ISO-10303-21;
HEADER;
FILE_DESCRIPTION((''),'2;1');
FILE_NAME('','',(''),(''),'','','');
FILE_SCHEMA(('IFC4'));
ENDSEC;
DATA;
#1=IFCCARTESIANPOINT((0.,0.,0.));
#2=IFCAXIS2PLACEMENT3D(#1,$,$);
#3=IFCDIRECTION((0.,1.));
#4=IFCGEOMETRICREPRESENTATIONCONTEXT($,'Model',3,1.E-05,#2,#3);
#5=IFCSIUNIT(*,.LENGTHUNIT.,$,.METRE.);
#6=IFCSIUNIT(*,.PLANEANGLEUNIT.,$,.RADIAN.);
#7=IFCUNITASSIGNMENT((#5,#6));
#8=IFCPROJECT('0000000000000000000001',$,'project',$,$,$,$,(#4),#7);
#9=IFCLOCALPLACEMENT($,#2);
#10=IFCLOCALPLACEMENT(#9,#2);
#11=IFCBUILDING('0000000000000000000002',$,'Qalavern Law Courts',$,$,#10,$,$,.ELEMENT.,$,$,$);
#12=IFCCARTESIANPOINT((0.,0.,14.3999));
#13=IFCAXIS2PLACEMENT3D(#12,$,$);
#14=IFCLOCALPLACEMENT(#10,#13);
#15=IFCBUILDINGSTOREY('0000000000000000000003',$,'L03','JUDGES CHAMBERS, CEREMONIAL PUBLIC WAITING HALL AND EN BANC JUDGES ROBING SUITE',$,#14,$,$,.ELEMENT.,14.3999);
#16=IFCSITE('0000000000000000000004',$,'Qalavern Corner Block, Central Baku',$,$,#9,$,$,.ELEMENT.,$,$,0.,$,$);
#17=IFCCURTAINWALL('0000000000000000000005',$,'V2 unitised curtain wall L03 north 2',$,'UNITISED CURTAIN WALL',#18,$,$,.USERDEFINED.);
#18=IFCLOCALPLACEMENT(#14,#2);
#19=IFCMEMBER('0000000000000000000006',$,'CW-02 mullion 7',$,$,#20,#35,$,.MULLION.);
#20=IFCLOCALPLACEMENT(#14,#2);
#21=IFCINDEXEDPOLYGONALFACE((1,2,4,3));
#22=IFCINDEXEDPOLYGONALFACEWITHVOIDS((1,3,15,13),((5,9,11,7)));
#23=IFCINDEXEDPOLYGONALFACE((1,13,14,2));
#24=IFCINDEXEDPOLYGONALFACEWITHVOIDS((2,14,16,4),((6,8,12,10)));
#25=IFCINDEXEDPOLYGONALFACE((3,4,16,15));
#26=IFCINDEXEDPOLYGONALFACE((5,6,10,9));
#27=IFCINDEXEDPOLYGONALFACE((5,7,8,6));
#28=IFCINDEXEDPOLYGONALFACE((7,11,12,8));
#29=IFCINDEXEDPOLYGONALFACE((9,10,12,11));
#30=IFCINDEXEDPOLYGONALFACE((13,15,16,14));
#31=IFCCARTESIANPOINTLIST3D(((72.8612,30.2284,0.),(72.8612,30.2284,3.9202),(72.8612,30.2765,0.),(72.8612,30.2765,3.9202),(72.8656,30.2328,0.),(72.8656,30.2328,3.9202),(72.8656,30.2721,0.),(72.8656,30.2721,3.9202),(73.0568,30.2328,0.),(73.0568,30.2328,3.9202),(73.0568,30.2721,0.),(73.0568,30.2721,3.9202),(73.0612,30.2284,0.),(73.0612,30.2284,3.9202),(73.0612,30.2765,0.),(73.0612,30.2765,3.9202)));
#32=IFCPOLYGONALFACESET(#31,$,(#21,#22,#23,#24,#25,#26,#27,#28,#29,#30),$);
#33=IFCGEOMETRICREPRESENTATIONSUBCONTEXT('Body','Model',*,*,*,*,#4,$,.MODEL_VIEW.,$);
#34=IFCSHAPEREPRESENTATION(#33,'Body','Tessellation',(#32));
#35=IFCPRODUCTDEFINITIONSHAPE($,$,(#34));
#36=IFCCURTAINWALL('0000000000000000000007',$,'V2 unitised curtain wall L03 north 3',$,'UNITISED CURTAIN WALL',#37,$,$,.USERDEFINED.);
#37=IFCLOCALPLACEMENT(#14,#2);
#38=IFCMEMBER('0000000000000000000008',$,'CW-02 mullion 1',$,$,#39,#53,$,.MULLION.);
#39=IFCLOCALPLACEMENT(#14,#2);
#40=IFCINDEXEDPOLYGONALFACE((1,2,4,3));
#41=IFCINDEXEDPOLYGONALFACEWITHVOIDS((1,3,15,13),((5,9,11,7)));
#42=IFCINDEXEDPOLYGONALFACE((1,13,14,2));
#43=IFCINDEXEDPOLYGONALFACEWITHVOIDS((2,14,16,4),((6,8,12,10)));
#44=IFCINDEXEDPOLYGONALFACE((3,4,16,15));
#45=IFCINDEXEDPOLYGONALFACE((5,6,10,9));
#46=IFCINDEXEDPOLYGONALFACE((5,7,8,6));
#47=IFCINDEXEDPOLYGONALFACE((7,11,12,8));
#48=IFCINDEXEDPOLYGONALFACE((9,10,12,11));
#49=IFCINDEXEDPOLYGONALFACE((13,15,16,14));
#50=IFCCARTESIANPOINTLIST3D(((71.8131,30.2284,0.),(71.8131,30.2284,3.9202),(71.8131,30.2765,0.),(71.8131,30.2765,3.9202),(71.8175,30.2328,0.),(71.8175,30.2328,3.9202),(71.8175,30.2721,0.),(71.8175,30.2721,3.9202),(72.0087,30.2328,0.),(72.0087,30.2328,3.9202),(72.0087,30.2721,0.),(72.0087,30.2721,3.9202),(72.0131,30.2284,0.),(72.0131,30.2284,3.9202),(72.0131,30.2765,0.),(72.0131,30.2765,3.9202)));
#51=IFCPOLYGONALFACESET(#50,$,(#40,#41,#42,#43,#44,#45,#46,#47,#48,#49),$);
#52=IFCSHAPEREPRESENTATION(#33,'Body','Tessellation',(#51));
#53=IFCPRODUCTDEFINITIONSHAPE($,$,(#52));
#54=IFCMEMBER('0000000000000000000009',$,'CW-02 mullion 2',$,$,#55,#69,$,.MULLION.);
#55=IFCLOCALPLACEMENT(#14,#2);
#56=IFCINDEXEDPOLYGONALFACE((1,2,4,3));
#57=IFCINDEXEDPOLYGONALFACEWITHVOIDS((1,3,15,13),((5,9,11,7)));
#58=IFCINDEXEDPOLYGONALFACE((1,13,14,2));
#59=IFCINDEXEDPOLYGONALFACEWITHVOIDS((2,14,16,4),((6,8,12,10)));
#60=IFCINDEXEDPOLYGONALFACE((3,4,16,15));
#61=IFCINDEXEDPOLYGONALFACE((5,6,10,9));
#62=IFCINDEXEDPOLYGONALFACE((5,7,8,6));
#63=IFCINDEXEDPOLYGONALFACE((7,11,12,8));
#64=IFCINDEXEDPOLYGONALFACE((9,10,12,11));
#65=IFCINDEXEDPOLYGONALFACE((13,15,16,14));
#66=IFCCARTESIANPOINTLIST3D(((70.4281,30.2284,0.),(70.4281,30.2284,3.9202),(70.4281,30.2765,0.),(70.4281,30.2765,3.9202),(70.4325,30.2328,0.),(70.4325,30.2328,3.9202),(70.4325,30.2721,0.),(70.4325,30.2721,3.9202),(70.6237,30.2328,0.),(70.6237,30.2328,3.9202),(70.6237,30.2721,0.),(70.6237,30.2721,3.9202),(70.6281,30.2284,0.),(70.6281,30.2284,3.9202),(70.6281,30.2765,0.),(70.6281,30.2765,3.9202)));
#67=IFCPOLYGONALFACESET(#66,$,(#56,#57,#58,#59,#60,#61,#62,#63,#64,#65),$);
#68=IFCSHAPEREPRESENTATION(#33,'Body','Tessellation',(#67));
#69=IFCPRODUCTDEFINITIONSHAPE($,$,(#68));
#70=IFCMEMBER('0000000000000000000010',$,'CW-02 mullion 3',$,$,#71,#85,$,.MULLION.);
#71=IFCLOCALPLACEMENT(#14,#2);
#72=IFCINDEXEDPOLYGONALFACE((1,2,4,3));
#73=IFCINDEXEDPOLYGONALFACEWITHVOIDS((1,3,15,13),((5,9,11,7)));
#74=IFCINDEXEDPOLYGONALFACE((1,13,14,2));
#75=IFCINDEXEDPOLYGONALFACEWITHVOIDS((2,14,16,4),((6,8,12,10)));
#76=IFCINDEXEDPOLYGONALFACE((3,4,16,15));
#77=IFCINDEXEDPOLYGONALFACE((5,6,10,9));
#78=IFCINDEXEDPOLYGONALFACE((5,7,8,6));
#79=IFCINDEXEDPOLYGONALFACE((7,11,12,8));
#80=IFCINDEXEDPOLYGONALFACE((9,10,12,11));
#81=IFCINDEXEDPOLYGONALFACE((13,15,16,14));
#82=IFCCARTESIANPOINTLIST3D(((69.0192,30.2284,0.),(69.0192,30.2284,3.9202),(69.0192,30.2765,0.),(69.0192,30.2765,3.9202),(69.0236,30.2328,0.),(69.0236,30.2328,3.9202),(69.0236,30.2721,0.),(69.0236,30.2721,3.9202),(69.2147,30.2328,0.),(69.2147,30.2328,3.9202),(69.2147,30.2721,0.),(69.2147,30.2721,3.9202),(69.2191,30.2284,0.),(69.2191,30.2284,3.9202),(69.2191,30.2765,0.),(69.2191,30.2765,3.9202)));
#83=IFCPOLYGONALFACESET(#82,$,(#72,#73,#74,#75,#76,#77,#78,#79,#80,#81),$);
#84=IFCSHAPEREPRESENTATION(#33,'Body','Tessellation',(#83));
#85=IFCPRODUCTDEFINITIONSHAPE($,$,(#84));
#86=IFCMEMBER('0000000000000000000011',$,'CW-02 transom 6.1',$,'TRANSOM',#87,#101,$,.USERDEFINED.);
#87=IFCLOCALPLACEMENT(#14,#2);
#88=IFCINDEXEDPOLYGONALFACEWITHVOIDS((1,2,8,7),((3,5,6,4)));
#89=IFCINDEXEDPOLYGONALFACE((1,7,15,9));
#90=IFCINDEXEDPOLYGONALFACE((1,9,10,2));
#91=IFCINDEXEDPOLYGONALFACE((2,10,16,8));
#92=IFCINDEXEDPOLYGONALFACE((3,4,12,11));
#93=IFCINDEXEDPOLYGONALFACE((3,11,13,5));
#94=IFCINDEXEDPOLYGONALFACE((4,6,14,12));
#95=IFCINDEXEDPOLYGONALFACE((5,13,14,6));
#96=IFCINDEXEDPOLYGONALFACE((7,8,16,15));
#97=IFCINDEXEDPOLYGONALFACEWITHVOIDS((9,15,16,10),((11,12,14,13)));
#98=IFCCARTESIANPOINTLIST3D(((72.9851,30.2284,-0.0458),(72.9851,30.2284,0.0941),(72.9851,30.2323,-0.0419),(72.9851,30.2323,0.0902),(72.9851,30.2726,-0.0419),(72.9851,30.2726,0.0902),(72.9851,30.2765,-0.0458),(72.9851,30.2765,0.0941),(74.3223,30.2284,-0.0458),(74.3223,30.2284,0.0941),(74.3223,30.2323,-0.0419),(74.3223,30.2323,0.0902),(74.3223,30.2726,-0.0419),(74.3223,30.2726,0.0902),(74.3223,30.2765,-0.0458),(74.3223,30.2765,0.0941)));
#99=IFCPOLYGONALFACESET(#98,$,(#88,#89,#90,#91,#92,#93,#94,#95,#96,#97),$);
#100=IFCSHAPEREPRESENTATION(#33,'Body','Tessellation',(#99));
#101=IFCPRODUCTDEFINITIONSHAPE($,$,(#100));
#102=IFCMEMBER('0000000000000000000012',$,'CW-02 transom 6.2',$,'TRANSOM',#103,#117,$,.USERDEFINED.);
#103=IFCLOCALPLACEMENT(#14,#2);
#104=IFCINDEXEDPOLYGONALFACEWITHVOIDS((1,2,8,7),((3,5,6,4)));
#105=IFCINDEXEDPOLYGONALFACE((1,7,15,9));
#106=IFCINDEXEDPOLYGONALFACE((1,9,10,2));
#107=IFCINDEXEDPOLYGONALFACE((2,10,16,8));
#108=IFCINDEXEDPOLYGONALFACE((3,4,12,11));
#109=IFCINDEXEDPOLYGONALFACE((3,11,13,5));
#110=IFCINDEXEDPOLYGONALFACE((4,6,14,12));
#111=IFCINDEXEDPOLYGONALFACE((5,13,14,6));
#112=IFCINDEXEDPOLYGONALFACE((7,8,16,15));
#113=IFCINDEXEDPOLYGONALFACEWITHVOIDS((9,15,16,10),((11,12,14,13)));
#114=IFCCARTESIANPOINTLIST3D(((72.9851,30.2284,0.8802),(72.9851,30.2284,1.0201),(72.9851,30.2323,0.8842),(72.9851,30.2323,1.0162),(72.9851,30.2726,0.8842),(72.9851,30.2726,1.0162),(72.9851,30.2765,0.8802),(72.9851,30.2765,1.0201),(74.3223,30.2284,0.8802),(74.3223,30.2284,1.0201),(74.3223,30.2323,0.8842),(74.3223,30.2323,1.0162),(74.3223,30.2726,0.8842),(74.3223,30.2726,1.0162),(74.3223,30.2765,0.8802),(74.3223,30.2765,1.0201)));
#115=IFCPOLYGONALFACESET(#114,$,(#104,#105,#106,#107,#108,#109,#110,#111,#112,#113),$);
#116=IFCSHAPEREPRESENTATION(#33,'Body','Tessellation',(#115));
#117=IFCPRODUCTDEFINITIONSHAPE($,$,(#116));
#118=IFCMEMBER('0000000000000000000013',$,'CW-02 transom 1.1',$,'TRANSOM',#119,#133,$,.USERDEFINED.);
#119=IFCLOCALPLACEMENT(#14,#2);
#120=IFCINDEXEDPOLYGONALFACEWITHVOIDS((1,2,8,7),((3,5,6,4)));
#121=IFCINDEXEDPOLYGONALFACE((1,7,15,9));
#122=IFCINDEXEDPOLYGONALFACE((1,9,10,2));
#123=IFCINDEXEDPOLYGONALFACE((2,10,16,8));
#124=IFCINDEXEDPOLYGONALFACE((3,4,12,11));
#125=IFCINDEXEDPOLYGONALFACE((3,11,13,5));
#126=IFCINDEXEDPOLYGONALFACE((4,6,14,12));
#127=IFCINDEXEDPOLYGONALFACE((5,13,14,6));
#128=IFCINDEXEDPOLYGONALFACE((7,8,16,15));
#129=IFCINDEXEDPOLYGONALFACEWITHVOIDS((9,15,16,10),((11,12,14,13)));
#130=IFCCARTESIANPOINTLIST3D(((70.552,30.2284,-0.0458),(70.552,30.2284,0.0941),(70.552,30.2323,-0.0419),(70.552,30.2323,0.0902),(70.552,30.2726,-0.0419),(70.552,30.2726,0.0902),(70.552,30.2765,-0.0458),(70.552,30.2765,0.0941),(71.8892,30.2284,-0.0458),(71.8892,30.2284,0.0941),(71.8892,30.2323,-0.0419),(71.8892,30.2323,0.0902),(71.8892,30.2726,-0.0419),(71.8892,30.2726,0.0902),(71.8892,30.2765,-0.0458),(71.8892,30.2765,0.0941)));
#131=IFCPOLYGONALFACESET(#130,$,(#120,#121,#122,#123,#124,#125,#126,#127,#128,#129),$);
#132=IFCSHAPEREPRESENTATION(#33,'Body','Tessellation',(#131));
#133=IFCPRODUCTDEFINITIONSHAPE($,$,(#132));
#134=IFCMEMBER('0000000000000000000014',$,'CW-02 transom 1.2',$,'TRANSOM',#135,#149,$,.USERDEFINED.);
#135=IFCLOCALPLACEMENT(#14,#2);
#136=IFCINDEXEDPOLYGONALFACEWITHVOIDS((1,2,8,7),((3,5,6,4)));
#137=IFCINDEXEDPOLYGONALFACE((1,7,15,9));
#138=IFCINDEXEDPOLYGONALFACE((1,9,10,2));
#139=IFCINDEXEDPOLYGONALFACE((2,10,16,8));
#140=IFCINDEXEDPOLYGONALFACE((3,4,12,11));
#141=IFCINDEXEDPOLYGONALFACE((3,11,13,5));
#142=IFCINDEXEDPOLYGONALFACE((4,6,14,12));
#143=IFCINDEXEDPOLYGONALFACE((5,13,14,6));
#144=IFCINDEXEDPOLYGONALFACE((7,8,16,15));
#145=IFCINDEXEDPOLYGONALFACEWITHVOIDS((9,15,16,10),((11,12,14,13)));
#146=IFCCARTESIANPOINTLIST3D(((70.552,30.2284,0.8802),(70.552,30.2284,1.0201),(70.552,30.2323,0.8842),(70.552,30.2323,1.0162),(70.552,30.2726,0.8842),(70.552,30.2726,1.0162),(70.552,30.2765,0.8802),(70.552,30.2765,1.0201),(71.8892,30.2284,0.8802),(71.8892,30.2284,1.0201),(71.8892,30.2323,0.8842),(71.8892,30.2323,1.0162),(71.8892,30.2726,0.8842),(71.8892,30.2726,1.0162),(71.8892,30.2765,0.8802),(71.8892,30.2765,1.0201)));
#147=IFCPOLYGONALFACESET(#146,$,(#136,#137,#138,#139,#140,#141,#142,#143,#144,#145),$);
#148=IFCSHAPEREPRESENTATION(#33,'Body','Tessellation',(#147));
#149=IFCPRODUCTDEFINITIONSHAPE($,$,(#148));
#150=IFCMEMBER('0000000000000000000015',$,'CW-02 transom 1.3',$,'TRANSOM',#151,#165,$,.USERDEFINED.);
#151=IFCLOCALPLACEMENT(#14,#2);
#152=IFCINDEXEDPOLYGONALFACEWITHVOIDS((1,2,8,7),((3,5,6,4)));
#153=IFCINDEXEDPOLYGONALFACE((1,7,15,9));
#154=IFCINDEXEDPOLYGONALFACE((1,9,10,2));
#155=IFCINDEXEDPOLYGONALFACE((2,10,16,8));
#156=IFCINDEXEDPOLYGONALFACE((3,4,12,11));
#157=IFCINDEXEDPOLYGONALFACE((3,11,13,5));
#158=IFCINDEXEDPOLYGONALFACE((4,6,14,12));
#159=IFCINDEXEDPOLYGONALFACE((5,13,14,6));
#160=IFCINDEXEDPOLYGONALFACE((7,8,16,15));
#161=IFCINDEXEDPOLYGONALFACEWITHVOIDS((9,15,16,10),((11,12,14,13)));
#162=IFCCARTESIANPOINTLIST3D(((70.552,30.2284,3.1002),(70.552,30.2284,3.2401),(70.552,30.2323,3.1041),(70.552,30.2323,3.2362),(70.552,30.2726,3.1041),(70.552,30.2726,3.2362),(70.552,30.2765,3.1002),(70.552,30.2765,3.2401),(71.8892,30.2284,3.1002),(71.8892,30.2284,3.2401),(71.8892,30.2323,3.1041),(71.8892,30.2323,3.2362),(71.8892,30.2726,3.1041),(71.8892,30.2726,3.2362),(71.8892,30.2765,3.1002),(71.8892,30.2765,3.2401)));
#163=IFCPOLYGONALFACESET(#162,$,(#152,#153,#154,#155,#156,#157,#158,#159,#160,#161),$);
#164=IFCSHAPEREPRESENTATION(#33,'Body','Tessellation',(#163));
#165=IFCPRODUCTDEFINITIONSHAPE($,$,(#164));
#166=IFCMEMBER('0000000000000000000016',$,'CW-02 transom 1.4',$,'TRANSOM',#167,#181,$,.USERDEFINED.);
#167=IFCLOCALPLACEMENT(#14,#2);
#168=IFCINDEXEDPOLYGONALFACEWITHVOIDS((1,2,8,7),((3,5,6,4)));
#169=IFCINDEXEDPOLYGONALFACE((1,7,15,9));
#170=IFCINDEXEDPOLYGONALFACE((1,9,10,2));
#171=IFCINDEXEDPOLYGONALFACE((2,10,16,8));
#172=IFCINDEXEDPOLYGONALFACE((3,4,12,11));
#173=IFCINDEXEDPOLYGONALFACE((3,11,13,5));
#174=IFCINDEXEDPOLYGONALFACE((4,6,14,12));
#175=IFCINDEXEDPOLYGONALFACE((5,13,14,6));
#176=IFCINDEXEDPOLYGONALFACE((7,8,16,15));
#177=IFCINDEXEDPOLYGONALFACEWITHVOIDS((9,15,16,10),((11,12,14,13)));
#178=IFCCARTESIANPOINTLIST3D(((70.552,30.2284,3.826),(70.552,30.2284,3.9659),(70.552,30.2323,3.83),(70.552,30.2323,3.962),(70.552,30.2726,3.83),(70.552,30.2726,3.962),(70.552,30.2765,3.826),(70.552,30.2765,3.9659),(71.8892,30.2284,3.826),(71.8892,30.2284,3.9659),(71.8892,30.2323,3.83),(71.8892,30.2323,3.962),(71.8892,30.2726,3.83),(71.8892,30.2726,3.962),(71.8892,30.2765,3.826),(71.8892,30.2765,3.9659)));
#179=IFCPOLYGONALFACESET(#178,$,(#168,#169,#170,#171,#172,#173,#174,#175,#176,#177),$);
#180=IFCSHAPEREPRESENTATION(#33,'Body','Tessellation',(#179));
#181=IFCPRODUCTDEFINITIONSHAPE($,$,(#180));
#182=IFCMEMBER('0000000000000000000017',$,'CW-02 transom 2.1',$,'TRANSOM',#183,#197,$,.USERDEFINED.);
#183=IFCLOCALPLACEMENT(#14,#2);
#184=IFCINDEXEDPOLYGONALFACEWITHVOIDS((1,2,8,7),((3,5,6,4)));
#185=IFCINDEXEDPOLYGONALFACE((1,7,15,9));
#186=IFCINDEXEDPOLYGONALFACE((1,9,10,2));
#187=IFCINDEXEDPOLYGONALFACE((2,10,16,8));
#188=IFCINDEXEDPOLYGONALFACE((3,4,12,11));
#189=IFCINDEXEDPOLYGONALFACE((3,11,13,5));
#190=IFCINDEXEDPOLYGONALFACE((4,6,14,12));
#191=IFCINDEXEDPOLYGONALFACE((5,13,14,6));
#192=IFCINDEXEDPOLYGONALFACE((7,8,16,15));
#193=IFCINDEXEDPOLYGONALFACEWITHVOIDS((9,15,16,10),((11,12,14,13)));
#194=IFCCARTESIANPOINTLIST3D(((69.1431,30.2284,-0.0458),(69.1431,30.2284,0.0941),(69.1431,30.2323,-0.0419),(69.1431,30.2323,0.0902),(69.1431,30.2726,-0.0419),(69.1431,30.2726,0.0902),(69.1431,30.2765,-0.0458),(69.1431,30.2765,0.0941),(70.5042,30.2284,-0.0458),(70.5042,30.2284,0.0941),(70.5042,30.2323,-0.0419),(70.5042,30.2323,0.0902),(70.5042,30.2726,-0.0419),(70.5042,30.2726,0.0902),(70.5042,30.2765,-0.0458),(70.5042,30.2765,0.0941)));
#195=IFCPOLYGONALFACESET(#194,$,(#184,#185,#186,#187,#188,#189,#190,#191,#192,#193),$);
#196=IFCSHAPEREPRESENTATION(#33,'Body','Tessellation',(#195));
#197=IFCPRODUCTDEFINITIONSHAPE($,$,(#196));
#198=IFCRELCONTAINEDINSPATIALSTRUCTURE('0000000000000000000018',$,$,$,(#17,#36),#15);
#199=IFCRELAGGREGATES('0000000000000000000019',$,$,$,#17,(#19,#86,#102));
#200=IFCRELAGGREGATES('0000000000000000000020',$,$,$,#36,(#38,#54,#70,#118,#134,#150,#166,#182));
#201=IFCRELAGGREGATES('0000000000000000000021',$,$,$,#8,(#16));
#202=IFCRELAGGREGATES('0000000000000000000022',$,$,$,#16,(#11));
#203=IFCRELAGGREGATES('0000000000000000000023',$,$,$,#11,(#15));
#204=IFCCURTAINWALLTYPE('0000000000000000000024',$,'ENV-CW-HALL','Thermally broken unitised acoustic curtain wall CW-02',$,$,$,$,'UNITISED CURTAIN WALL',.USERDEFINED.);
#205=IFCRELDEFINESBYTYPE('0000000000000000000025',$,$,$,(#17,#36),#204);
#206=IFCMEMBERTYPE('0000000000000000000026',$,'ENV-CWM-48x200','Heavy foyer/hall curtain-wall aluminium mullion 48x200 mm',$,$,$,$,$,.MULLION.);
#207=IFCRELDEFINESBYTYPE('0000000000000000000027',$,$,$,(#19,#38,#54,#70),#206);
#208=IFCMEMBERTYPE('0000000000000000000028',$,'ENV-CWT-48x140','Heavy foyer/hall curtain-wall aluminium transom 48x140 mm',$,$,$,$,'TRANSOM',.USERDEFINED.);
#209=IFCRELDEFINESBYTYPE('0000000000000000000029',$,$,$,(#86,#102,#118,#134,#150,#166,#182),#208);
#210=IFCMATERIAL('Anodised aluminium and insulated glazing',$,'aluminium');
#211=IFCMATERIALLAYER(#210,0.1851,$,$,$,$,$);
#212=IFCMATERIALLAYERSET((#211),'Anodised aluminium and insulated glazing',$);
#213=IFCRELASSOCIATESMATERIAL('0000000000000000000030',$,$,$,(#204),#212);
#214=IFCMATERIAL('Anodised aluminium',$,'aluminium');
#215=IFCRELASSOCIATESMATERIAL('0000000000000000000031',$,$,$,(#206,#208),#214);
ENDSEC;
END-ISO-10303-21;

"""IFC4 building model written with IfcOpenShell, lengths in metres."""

from ifc_helpers import new_model, si_unit, direction, frame, origin, origin_2d, place, context, subcontext, project, spatial, hollow_rectangle, extrude, material, layer, layer_set, material_profile, profile_set, type_object, element, aggregate, save


model = new_model("IFC4")

# Units and contexts
model_context = context("Model", 3, precision=1e-05, world=origin(), true_north=direction((0.0, 1.0)))
body_context = subcontext(model_context, "Body", "Model", "MODEL_VIEW")
ifc_project = project(units=[si_unit("LENGTHUNIT", "METRE"), si_unit("PLANEANGLEUNIT", "RADIAN")], contexts=[model_context])

# Site, building, storey
site_placement = place(None, origin())
site = spatial("IfcSite", under=ifc_project, at=site_placement, Name="Qalavern Corner Block, Central Baku", CompositionType="ELEMENT", RefElevation=0.0)
building_placement = place(site_placement, origin())
building = spatial("IfcBuilding", under=site, at=building_placement, Name="Qalavern Law Courts", CompositionType="ELEMENT")
storey_placement = place(building_placement, frame((0.0, 0.0, 14.3999)))
storey = spatial("IfcBuildingStorey", under=building, at=storey_placement, Name="L03", Description="JUDGES CHAMBERS, CEREMONIAL PUBLIC WAITING HALL AND EN BANC JUDGES ROBING SUITE", CompositionType="ELEMENT", Elevation=14.3999)

# Curtain wall, member
ifc_material_1 = material(Name="Anodised aluminium and insulated glazing", Category="aluminium")
ifc_layer_1 = layer(ifc_material_1, 0.1851)
ifc_layer_set_1 = layer_set([ifc_layer_1], Name="Anodised aluminium and insulated glazing")
curtain_wall_type = type_object("IfcCurtainWallType", Name="ENV-CW-HALL", Description="Thermally broken unitised acoustic curtain wall CW-02", ElementType="UNITISED CURTAIN WALL", PredefinedType="USERDEFINED", material=ifc_layer_set_1)
curtain_wall_1_placement = place(storey_placement, origin())
curtain_wall_1 = element("IfcCurtainWall", 1, at=curtain_wall_1_placement, inside=storey, type_object=curtain_wall_type, Name="V2 unitised curtain wall L03 north 2", ObjectType="UNITISED CURTAIN WALL", PredefinedType="USERDEFINED")
ifc_material_2 = material(Name="Anodised aluminium", Category="aluminium")
ifc_material_profile_1 = material_profile(ifc_material_2, hollow_rectangle(XDim=0.0481, YDim=0.2, WallThickness=0.0044, at=origin_2d()), Name="ALU MULLION 48x200")
ifc_profile_set_1 = profile_set([ifc_material_profile_1], Name="Anodised aluminium")
member_type_1 = type_object("IfcMemberType", Name="ENV-CWM-48x200", Description="Heavy foyer/hall curtain-wall aluminium mullion 48x200 mm", PredefinedType="MULLION", material=ifc_profile_set_1)
member_1_placement = place(storey_placement, frame((72.9612, 30.2524, 0.0), z_axis=(0.0, 0.0, 1.0), x_axis=(0.0, -1.0, 0.0)))
member_1 = element("IfcMember", 2, at=member_1_placement, type_object=member_type_1, Name="CW-02 mullion 7", PredefinedType="MULLION", context=body_context, shape_type="SweptSolid", body=[
    extrude(hollow_rectangle(XDim=0.0481, YDim=0.2, WallThickness=0.0044, at=origin_2d()), origin(), (0.0, 0.0, 1.0), 3.9202),
])

# Curtain wall, members
curtain_wall_2_placement = place(storey_placement, origin())
curtain_wall_2 = element("IfcCurtainWall", 3, at=curtain_wall_2_placement, inside=storey, type_object=curtain_wall_type, Name="V2 unitised curtain wall L03 north 3", ObjectType="UNITISED CURTAIN WALL", PredefinedType="USERDEFINED")
member_2_placement = place(storey_placement, frame((71.9131, 30.2524, 0.0), z_axis=(0.0, 0.0, 1.0), x_axis=(0.0, -1.0, 0.0)))
member_2 = element("IfcMember", 4, at=member_2_placement, type_object=member_type_1, Name="CW-02 mullion 1", PredefinedType="MULLION", context=body_context, shape_type="SweptSolid", body=[
    extrude(hollow_rectangle(XDim=0.0481, YDim=0.2, WallThickness=0.0044, at=origin_2d()), origin(), (0.0, 0.0, 1.0), 3.9202),
])
member_3_placement = place(storey_placement, frame((70.5281, 30.2524, 0.0), z_axis=(0.0, 0.0, 1.0), x_axis=(0.0, -1.0, 0.0)))
member_3 = element("IfcMember", 5, at=member_3_placement, type_object=member_type_1, Name="CW-02 mullion 2", PredefinedType="MULLION", context=body_context, shape_type="SweptSolid", body=[
    extrude(hollow_rectangle(XDim=0.0481, YDim=0.2, WallThickness=0.0044, at=origin_2d()), origin(), (0.0, 0.0, 1.0), 3.9202),
])
member_4_placement = place(storey_placement, frame((69.1191, 30.2524, 0.0), z_axis=(0.0, 0.0, 1.0), x_axis=(0.0, -1.0, 0.0)))
member_4 = element("IfcMember", 6, at=member_4_placement, type_object=member_type_1, Name="CW-02 mullion 3", PredefinedType="MULLION", context=body_context, shape_type="SweptSolid", body=[
    extrude(hollow_rectangle(XDim=0.0481, YDim=0.2, WallThickness=0.0044, at=origin_2d()), origin(), (0.0, 0.0, 1.0), 3.9202),
])

# Members
ifc_material_profile_2 = material_profile(ifc_material_2, hollow_rectangle(XDim=0.0481, YDim=0.1399, WallThickness=0.0039, at=origin_2d()), Name="ALU TRANSOM 48x140")
ifc_profile_set_2 = profile_set([ifc_material_profile_2], Name="Anodised aluminium")
member_type_2 = type_object("IfcMemberType", Name="ENV-CWT-48x140", Description="Heavy foyer/hall curtain-wall aluminium transom 48x140 mm", ElementType="TRANSOM", PredefinedType="USERDEFINED", material=ifc_profile_set_2)
member_5_placement = place(storey_placement, frame((74.3223, 30.2524, 0.0242), z_axis=(-1.0, 0.0, 0.0), x_axis=(0.0, -1.0, 0.0)))
member_5 = element("IfcMember", 7, at=member_5_placement, type_object=member_type_2, Name="CW-02 transom 6.1", ObjectType="TRANSOM", PredefinedType="USERDEFINED", context=body_context, shape_type="SweptSolid", body=[
    extrude(hollow_rectangle(XDim=0.0481, YDim=0.1399, WallThickness=0.0039, at=origin_2d()), origin(), (0.0, 0.0, 1.0), 1.3372),
])
member_6_placement = place(storey_placement, frame((74.3223, 30.2524, 0.9502), z_axis=(-1.0, 0.0, 0.0), x_axis=(0.0, -1.0, 0.0)))
member_6 = element("IfcMember", 8, at=member_6_placement, type_object=member_type_2, Name="CW-02 transom 6.2", ObjectType="TRANSOM", PredefinedType="USERDEFINED", context=body_context, shape_type="SweptSolid", body=[
    extrude(hollow_rectangle(XDim=0.0481, YDim=0.1399, WallThickness=0.0039, at=origin_2d()), origin(), (0.0, 0.0, 1.0), 1.3372),
])
member_7_placement = place(storey_placement, frame((71.8892, 30.2524, 0.0242), z_axis=(-1.0, 0.0, 0.0), x_axis=(0.0, -1.0, 0.0)))
member_7 = element("IfcMember", 9, at=member_7_placement, type_object=member_type_2, Name="CW-02 transom 1.1", ObjectType="TRANSOM", PredefinedType="USERDEFINED", context=body_context, shape_type="SweptSolid", body=[
    extrude(hollow_rectangle(XDim=0.0481, YDim=0.1399, WallThickness=0.0039, at=origin_2d()), origin(), (0.0, 0.0, 1.0), 1.3372),
])
member_8_placement = place(storey_placement, frame((71.8892, 30.2524, 0.9502), z_axis=(-1.0, 0.0, 0.0), x_axis=(0.0, -1.0, 0.0)))
member_8 = element("IfcMember", 10, at=member_8_placement, type_object=member_type_2, Name="CW-02 transom 1.2", ObjectType="TRANSOM", PredefinedType="USERDEFINED", context=body_context, shape_type="SweptSolid", body=[
    extrude(hollow_rectangle(XDim=0.0481, YDim=0.1399, WallThickness=0.0039, at=origin_2d()), origin(), (0.0, 0.0, 1.0), 1.3372),
])
member_9_placement = place(storey_placement, frame((71.8892, 30.2524, 3.1702), z_axis=(-1.0, 0.0, 0.0), x_axis=(0.0, -1.0, 0.0)))
member_9 = element("IfcMember", 11, at=member_9_placement, type_object=member_type_2, Name="CW-02 transom 1.3", ObjectType="TRANSOM", PredefinedType="USERDEFINED", context=body_context, shape_type="SweptSolid", body=[
    extrude(hollow_rectangle(XDim=0.0481, YDim=0.1399, WallThickness=0.0039, at=origin_2d()), origin(), (0.0, 0.0, 1.0), 1.3372),
])
member_10_placement = place(storey_placement, frame((71.8892, 30.2524, 3.896), z_axis=(-1.0, 0.0, 0.0), x_axis=(0.0, -1.0, 0.0)))
member_10 = element("IfcMember", 12, at=member_10_placement, type_object=member_type_2, Name="CW-02 transom 1.4", ObjectType="TRANSOM", PredefinedType="USERDEFINED", context=body_context, shape_type="SweptSolid", body=[
    extrude(hollow_rectangle(XDim=0.0481, YDim=0.1399, WallThickness=0.0039, at=origin_2d()), origin(), (0.0, 0.0, 1.0), 1.3372),
])
member_11_placement = place(storey_placement, frame((70.5042, 30.2524, 0.0242), z_axis=(-1.0, 0.0, 0.0), x_axis=(0.0, -1.0, 0.0)))
member_11 = element("IfcMember", 13, at=member_11_placement, type_object=member_type_2, Name="CW-02 transom 2.1", ObjectType="TRANSOM", PredefinedType="USERDEFINED", context=body_context, shape_type="SweptSolid", body=[
    extrude(hollow_rectangle(XDim=0.0481, YDim=0.1399, WallThickness=0.0039, at=origin_2d()), origin(), (0.0, 0.0, 1.0), 1.3611),
])

aggregate(curtain_wall_1, [member_1, member_5, member_6])
aggregate(curtain_wall_2, [member_2, member_3, member_4, member_7, member_8, member_9, member_10, member_11])

save(model, "model.ifc")
